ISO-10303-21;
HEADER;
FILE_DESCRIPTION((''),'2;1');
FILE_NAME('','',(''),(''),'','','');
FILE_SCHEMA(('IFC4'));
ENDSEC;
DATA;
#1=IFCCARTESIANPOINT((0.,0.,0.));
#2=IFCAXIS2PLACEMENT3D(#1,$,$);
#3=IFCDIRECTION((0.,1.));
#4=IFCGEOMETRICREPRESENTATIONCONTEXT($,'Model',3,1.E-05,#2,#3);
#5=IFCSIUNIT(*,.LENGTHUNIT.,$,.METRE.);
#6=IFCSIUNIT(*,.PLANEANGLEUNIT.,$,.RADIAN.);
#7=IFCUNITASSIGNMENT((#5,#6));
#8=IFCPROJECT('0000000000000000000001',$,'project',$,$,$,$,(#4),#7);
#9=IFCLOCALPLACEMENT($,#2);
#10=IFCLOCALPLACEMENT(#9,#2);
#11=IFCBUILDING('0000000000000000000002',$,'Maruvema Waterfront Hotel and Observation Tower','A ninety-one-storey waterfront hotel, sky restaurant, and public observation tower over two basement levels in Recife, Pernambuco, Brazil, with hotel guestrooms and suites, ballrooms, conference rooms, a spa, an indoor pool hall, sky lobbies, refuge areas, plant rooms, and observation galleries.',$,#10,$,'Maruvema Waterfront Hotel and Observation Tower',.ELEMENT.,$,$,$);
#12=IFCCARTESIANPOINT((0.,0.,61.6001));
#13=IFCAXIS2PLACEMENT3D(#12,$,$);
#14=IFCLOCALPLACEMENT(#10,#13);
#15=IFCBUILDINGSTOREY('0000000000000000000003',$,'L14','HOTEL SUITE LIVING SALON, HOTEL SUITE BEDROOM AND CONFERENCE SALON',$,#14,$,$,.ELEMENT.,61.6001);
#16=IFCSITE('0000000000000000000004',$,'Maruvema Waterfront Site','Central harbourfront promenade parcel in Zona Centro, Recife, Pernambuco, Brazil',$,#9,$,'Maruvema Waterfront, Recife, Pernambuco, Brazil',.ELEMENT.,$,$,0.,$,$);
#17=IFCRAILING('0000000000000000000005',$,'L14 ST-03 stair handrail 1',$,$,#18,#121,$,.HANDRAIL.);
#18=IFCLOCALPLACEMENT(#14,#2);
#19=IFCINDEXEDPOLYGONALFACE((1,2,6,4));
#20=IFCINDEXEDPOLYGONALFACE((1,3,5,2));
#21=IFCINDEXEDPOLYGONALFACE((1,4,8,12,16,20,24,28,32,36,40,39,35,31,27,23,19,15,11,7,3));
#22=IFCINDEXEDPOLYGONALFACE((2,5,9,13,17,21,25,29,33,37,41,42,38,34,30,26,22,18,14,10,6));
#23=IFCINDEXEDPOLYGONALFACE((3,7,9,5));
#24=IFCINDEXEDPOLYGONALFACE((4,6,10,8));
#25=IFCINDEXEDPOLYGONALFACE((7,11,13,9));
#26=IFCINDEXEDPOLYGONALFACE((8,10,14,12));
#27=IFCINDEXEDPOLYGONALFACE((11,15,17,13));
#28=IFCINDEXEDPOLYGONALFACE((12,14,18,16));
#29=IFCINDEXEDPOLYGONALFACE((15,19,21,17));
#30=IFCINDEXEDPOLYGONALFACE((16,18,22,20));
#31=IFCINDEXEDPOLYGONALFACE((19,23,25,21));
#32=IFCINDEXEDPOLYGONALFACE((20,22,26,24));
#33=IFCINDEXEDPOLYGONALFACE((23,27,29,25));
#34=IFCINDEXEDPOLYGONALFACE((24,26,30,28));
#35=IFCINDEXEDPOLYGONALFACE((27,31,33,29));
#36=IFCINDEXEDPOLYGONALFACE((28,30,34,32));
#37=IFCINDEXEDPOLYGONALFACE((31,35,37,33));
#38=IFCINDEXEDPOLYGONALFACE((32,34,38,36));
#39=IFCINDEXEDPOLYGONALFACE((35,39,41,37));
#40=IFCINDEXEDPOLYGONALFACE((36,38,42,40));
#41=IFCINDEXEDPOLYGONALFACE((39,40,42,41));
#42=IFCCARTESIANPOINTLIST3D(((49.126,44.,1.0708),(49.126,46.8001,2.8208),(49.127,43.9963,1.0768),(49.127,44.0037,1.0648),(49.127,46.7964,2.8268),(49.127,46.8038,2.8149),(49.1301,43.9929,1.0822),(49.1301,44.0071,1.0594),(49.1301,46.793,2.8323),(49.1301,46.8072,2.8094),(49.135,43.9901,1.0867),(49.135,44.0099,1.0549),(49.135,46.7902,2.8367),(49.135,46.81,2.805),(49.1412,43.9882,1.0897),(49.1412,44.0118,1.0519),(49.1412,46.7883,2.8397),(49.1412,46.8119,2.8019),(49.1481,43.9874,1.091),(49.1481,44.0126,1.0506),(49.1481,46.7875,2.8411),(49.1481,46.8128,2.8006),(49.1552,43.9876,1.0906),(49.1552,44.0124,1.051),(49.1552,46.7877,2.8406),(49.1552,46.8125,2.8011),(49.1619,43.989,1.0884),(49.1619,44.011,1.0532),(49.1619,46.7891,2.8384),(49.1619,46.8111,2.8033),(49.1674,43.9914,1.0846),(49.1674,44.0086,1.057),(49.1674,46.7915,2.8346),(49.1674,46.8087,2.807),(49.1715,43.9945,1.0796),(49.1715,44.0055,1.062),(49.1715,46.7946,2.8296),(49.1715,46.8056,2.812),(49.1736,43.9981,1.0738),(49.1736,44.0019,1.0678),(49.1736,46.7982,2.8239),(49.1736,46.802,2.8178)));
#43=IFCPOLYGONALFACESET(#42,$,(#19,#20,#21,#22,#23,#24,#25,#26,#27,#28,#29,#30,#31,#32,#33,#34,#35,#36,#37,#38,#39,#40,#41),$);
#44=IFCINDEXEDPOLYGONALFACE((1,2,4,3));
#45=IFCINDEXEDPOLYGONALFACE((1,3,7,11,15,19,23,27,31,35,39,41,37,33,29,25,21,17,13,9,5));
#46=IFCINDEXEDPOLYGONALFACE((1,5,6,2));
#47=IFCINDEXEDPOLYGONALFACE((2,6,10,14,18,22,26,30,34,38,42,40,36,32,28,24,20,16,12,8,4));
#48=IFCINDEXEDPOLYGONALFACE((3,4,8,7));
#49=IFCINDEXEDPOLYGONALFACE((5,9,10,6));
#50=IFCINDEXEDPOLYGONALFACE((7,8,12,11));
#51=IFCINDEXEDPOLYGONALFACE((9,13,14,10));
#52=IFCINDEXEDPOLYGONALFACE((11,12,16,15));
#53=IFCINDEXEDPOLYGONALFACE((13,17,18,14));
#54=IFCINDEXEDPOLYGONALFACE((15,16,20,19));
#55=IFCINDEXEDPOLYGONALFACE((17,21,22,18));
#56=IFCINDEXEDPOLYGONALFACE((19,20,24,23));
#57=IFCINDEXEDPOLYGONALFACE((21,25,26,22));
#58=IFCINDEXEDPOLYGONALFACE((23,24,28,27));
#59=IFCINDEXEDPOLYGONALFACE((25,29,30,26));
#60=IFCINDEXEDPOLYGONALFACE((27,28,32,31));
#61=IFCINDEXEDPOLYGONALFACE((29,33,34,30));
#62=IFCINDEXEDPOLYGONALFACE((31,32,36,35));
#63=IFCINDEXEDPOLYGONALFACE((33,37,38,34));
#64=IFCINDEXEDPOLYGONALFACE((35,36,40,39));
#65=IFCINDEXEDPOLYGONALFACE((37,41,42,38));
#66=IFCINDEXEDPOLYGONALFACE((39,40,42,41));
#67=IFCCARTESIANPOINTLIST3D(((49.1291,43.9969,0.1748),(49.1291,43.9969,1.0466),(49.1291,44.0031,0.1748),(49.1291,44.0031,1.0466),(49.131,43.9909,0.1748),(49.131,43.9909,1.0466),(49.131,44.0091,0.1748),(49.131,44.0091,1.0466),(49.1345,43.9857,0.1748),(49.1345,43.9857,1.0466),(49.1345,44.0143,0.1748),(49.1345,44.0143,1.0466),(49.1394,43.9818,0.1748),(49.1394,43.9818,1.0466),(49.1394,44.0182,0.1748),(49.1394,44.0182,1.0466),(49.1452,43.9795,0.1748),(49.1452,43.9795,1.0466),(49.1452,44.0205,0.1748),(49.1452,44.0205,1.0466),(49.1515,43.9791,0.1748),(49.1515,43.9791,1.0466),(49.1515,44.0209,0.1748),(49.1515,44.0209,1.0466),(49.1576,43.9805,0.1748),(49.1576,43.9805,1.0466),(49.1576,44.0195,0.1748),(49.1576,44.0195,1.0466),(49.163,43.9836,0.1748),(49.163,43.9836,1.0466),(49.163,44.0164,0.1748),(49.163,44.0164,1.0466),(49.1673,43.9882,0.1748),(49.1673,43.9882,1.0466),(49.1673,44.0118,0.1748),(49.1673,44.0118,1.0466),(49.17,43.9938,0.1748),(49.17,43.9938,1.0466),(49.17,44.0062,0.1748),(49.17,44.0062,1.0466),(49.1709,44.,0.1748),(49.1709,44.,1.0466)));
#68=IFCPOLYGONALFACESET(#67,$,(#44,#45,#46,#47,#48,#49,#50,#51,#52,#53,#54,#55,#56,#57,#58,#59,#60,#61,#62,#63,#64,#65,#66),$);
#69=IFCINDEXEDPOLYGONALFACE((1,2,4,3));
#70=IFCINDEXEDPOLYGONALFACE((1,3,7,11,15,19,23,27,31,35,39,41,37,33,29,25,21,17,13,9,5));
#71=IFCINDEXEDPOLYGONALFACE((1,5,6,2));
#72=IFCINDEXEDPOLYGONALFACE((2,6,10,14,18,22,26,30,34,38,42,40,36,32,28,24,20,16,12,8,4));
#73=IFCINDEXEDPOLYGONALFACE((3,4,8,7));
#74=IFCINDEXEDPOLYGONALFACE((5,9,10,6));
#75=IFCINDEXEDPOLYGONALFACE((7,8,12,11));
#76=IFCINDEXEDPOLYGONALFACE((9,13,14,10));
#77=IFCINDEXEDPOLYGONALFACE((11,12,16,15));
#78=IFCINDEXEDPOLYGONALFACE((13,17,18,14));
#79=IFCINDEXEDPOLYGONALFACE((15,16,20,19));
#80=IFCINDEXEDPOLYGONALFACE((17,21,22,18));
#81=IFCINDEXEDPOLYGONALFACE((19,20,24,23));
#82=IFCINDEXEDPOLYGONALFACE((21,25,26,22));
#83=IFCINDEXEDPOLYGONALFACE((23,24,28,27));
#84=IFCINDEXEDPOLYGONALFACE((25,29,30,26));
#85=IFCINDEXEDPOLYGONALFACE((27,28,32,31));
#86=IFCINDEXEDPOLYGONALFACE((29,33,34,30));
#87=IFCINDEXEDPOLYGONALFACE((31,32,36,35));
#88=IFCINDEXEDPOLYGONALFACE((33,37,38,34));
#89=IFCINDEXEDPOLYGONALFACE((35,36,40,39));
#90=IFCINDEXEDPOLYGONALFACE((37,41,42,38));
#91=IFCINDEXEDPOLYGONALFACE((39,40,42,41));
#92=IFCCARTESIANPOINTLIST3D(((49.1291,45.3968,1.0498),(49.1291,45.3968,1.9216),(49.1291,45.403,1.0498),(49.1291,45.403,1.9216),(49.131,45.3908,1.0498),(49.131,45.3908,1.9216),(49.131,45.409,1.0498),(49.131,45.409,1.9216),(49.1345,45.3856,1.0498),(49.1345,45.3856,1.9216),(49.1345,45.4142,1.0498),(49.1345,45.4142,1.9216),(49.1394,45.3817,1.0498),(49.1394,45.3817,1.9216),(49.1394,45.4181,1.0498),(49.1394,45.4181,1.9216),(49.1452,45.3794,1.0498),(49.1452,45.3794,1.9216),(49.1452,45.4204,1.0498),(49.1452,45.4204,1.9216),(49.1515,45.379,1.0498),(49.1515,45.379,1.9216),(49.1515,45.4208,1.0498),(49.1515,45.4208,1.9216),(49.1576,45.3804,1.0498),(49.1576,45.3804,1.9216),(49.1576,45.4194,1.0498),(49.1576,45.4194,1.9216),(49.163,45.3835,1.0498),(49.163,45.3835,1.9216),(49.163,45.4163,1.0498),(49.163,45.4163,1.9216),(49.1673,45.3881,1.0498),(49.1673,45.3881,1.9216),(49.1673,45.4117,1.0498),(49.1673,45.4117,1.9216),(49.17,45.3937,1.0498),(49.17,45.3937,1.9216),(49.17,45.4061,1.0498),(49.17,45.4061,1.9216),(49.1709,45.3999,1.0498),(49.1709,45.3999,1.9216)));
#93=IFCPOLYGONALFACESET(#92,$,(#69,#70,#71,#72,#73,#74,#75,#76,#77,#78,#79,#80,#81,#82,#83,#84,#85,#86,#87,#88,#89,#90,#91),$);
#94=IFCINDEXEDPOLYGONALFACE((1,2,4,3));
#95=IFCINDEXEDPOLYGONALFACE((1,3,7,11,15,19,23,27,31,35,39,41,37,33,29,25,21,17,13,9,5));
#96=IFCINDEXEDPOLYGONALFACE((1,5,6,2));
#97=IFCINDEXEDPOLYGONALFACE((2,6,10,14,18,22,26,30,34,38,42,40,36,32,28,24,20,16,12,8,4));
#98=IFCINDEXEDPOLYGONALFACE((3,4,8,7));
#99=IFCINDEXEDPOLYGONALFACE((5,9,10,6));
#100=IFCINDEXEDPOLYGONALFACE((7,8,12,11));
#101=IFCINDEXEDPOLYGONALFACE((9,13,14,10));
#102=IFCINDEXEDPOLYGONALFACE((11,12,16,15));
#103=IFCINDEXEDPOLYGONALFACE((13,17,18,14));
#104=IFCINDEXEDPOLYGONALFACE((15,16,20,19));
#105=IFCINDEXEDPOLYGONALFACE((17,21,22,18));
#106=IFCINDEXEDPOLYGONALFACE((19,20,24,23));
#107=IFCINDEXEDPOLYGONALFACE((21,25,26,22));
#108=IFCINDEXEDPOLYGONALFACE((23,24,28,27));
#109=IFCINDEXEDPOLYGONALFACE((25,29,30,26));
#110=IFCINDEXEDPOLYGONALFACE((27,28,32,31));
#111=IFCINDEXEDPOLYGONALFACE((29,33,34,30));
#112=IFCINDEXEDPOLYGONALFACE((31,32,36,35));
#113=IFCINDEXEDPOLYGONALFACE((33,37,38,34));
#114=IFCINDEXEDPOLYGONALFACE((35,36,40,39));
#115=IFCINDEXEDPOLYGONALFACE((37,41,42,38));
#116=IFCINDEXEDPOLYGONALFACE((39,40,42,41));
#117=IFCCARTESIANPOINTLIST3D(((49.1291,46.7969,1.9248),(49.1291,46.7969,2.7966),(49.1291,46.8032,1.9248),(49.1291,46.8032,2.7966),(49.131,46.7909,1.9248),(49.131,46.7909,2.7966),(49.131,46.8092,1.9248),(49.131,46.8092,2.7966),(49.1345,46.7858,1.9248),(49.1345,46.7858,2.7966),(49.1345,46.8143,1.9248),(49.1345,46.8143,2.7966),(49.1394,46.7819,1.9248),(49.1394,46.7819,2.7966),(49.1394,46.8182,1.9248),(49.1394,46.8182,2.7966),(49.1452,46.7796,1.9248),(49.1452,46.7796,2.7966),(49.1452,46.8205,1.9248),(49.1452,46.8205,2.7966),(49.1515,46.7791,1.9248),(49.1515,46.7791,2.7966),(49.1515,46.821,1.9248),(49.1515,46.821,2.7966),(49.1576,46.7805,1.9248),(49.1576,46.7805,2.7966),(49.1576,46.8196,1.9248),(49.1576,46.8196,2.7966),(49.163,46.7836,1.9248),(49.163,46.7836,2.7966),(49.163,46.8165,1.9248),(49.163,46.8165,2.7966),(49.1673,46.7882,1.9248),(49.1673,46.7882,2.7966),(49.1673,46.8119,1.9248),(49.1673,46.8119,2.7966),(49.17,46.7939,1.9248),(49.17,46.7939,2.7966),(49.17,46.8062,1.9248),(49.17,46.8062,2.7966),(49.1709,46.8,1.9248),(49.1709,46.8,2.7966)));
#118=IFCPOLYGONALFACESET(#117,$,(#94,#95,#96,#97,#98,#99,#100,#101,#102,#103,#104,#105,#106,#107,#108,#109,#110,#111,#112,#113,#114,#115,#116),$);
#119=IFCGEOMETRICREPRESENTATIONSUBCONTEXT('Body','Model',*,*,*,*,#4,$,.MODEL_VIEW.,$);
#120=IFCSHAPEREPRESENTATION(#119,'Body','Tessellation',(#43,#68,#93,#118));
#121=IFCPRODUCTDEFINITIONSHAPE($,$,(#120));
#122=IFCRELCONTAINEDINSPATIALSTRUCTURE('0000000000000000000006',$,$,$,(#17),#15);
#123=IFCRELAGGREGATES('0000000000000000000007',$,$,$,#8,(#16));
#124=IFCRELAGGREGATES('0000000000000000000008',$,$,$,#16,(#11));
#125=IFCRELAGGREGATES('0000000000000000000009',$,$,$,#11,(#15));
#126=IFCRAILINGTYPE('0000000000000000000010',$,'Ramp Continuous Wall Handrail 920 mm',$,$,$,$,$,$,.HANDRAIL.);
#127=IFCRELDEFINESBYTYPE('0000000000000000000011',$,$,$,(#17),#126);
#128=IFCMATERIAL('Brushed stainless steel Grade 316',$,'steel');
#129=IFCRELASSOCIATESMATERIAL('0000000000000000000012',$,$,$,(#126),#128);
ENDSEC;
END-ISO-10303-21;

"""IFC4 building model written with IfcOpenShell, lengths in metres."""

from ifc_helpers import new_model, si_unit, direction, frame, origin, origin_2d, place, context, subcontext, project, spatial, circle, extrude, material, type_object, element, save


model = new_model("IFC4")

# Units and contexts
model_context = context("Model", 3, precision=1e-05, world=origin(), true_north=direction((0.0, 1.0)))
body_context = subcontext(model_context, "Body", "Model", "MODEL_VIEW")
ifc_project = project(units=[si_unit("LENGTHUNIT", "METRE"), si_unit("PLANEANGLEUNIT", "RADIAN")], contexts=[model_context])

# Site, building, storey
site_placement = place(None, origin())
site = spatial("IfcSite", under=ifc_project, at=site_placement, Name="Maruvema Waterfront Site", Description="Central harbourfront promenade parcel in Zona Centro, Recife, Pernambuco, Brazil", LongName="Maruvema Waterfront, Recife, Pernambuco, Brazil", CompositionType="ELEMENT", RefElevation=0.0)
building_placement = place(site_placement, origin())
building = spatial("IfcBuilding", under=site, at=building_placement, Name="Maruvema Waterfront Hotel and Observation Tower", Description="A ninety-one-storey waterfront hotel, sky restaurant, and public observation tower over two basement levels in Recife, Pernambuco, Brazil, with hotel guestrooms and suites, ballrooms, conference rooms, a spa, an indoor pool hall, sky lobbies, refuge areas, plant rooms, and observation galleries.", LongName="Maruvema Waterfront Hotel and Observation Tower", CompositionType="ELEMENT")
storey_placement = place(building_placement, frame((0.0, 0.0, 61.6001)))
storey = spatial("IfcBuildingStorey", under=building, at=storey_placement, Name="L14", Description="HOTEL SUITE LIVING SALON, HOTEL SUITE BEDROOM AND CONFERENCE SALON", CompositionType="ELEMENT", Elevation=61.6001)

# Railing
ifc_material_1 = material(Name="Brushed stainless steel Grade 316", Category="steel")
railing_type_1 = type_object("IfcRailingType", Name="Ramp Continuous Wall Handrail 920 mm", PredefinedType="HANDRAIL", material=ifc_material_1)
railing_1_placement = place(storey_placement, frame((49.1499, 44.0, 0.1748)))
element("IfcRailing", 1, at=railing_1_placement, inside=storey, type_object=railing_type_1, Name="L14 ST-03 stair handrail 1", PredefinedType="HANDRAIL", context=body_context, shape_type="SweptSolid", body=[
    extrude(circle(Radius=0.0239, at=origin_2d()), frame((0.0, 0.0, 0.896), z_axis=(0.0, 0.848002, 0.529992), x_axis=(-1.0, 0.0, 0.0)), (0.0, 0.0, 1.0), 3.302),
    extrude(circle(Radius=0.021, at=origin_2d()), origin(), (0.0, 0.0, 1.0), 0.8718),
    extrude(circle(Radius=0.021, at=origin_2d()), frame((0.0, 1.3999, 0.875)), (0.0, 0.0, 1.0), 0.8718),
    extrude(circle(Radius=0.021, at=origin_2d()), frame((0.0, 2.8, 1.75)), (0.0, 0.0, 1.0), 0.8718),
])

save(model, "model.ifc")
